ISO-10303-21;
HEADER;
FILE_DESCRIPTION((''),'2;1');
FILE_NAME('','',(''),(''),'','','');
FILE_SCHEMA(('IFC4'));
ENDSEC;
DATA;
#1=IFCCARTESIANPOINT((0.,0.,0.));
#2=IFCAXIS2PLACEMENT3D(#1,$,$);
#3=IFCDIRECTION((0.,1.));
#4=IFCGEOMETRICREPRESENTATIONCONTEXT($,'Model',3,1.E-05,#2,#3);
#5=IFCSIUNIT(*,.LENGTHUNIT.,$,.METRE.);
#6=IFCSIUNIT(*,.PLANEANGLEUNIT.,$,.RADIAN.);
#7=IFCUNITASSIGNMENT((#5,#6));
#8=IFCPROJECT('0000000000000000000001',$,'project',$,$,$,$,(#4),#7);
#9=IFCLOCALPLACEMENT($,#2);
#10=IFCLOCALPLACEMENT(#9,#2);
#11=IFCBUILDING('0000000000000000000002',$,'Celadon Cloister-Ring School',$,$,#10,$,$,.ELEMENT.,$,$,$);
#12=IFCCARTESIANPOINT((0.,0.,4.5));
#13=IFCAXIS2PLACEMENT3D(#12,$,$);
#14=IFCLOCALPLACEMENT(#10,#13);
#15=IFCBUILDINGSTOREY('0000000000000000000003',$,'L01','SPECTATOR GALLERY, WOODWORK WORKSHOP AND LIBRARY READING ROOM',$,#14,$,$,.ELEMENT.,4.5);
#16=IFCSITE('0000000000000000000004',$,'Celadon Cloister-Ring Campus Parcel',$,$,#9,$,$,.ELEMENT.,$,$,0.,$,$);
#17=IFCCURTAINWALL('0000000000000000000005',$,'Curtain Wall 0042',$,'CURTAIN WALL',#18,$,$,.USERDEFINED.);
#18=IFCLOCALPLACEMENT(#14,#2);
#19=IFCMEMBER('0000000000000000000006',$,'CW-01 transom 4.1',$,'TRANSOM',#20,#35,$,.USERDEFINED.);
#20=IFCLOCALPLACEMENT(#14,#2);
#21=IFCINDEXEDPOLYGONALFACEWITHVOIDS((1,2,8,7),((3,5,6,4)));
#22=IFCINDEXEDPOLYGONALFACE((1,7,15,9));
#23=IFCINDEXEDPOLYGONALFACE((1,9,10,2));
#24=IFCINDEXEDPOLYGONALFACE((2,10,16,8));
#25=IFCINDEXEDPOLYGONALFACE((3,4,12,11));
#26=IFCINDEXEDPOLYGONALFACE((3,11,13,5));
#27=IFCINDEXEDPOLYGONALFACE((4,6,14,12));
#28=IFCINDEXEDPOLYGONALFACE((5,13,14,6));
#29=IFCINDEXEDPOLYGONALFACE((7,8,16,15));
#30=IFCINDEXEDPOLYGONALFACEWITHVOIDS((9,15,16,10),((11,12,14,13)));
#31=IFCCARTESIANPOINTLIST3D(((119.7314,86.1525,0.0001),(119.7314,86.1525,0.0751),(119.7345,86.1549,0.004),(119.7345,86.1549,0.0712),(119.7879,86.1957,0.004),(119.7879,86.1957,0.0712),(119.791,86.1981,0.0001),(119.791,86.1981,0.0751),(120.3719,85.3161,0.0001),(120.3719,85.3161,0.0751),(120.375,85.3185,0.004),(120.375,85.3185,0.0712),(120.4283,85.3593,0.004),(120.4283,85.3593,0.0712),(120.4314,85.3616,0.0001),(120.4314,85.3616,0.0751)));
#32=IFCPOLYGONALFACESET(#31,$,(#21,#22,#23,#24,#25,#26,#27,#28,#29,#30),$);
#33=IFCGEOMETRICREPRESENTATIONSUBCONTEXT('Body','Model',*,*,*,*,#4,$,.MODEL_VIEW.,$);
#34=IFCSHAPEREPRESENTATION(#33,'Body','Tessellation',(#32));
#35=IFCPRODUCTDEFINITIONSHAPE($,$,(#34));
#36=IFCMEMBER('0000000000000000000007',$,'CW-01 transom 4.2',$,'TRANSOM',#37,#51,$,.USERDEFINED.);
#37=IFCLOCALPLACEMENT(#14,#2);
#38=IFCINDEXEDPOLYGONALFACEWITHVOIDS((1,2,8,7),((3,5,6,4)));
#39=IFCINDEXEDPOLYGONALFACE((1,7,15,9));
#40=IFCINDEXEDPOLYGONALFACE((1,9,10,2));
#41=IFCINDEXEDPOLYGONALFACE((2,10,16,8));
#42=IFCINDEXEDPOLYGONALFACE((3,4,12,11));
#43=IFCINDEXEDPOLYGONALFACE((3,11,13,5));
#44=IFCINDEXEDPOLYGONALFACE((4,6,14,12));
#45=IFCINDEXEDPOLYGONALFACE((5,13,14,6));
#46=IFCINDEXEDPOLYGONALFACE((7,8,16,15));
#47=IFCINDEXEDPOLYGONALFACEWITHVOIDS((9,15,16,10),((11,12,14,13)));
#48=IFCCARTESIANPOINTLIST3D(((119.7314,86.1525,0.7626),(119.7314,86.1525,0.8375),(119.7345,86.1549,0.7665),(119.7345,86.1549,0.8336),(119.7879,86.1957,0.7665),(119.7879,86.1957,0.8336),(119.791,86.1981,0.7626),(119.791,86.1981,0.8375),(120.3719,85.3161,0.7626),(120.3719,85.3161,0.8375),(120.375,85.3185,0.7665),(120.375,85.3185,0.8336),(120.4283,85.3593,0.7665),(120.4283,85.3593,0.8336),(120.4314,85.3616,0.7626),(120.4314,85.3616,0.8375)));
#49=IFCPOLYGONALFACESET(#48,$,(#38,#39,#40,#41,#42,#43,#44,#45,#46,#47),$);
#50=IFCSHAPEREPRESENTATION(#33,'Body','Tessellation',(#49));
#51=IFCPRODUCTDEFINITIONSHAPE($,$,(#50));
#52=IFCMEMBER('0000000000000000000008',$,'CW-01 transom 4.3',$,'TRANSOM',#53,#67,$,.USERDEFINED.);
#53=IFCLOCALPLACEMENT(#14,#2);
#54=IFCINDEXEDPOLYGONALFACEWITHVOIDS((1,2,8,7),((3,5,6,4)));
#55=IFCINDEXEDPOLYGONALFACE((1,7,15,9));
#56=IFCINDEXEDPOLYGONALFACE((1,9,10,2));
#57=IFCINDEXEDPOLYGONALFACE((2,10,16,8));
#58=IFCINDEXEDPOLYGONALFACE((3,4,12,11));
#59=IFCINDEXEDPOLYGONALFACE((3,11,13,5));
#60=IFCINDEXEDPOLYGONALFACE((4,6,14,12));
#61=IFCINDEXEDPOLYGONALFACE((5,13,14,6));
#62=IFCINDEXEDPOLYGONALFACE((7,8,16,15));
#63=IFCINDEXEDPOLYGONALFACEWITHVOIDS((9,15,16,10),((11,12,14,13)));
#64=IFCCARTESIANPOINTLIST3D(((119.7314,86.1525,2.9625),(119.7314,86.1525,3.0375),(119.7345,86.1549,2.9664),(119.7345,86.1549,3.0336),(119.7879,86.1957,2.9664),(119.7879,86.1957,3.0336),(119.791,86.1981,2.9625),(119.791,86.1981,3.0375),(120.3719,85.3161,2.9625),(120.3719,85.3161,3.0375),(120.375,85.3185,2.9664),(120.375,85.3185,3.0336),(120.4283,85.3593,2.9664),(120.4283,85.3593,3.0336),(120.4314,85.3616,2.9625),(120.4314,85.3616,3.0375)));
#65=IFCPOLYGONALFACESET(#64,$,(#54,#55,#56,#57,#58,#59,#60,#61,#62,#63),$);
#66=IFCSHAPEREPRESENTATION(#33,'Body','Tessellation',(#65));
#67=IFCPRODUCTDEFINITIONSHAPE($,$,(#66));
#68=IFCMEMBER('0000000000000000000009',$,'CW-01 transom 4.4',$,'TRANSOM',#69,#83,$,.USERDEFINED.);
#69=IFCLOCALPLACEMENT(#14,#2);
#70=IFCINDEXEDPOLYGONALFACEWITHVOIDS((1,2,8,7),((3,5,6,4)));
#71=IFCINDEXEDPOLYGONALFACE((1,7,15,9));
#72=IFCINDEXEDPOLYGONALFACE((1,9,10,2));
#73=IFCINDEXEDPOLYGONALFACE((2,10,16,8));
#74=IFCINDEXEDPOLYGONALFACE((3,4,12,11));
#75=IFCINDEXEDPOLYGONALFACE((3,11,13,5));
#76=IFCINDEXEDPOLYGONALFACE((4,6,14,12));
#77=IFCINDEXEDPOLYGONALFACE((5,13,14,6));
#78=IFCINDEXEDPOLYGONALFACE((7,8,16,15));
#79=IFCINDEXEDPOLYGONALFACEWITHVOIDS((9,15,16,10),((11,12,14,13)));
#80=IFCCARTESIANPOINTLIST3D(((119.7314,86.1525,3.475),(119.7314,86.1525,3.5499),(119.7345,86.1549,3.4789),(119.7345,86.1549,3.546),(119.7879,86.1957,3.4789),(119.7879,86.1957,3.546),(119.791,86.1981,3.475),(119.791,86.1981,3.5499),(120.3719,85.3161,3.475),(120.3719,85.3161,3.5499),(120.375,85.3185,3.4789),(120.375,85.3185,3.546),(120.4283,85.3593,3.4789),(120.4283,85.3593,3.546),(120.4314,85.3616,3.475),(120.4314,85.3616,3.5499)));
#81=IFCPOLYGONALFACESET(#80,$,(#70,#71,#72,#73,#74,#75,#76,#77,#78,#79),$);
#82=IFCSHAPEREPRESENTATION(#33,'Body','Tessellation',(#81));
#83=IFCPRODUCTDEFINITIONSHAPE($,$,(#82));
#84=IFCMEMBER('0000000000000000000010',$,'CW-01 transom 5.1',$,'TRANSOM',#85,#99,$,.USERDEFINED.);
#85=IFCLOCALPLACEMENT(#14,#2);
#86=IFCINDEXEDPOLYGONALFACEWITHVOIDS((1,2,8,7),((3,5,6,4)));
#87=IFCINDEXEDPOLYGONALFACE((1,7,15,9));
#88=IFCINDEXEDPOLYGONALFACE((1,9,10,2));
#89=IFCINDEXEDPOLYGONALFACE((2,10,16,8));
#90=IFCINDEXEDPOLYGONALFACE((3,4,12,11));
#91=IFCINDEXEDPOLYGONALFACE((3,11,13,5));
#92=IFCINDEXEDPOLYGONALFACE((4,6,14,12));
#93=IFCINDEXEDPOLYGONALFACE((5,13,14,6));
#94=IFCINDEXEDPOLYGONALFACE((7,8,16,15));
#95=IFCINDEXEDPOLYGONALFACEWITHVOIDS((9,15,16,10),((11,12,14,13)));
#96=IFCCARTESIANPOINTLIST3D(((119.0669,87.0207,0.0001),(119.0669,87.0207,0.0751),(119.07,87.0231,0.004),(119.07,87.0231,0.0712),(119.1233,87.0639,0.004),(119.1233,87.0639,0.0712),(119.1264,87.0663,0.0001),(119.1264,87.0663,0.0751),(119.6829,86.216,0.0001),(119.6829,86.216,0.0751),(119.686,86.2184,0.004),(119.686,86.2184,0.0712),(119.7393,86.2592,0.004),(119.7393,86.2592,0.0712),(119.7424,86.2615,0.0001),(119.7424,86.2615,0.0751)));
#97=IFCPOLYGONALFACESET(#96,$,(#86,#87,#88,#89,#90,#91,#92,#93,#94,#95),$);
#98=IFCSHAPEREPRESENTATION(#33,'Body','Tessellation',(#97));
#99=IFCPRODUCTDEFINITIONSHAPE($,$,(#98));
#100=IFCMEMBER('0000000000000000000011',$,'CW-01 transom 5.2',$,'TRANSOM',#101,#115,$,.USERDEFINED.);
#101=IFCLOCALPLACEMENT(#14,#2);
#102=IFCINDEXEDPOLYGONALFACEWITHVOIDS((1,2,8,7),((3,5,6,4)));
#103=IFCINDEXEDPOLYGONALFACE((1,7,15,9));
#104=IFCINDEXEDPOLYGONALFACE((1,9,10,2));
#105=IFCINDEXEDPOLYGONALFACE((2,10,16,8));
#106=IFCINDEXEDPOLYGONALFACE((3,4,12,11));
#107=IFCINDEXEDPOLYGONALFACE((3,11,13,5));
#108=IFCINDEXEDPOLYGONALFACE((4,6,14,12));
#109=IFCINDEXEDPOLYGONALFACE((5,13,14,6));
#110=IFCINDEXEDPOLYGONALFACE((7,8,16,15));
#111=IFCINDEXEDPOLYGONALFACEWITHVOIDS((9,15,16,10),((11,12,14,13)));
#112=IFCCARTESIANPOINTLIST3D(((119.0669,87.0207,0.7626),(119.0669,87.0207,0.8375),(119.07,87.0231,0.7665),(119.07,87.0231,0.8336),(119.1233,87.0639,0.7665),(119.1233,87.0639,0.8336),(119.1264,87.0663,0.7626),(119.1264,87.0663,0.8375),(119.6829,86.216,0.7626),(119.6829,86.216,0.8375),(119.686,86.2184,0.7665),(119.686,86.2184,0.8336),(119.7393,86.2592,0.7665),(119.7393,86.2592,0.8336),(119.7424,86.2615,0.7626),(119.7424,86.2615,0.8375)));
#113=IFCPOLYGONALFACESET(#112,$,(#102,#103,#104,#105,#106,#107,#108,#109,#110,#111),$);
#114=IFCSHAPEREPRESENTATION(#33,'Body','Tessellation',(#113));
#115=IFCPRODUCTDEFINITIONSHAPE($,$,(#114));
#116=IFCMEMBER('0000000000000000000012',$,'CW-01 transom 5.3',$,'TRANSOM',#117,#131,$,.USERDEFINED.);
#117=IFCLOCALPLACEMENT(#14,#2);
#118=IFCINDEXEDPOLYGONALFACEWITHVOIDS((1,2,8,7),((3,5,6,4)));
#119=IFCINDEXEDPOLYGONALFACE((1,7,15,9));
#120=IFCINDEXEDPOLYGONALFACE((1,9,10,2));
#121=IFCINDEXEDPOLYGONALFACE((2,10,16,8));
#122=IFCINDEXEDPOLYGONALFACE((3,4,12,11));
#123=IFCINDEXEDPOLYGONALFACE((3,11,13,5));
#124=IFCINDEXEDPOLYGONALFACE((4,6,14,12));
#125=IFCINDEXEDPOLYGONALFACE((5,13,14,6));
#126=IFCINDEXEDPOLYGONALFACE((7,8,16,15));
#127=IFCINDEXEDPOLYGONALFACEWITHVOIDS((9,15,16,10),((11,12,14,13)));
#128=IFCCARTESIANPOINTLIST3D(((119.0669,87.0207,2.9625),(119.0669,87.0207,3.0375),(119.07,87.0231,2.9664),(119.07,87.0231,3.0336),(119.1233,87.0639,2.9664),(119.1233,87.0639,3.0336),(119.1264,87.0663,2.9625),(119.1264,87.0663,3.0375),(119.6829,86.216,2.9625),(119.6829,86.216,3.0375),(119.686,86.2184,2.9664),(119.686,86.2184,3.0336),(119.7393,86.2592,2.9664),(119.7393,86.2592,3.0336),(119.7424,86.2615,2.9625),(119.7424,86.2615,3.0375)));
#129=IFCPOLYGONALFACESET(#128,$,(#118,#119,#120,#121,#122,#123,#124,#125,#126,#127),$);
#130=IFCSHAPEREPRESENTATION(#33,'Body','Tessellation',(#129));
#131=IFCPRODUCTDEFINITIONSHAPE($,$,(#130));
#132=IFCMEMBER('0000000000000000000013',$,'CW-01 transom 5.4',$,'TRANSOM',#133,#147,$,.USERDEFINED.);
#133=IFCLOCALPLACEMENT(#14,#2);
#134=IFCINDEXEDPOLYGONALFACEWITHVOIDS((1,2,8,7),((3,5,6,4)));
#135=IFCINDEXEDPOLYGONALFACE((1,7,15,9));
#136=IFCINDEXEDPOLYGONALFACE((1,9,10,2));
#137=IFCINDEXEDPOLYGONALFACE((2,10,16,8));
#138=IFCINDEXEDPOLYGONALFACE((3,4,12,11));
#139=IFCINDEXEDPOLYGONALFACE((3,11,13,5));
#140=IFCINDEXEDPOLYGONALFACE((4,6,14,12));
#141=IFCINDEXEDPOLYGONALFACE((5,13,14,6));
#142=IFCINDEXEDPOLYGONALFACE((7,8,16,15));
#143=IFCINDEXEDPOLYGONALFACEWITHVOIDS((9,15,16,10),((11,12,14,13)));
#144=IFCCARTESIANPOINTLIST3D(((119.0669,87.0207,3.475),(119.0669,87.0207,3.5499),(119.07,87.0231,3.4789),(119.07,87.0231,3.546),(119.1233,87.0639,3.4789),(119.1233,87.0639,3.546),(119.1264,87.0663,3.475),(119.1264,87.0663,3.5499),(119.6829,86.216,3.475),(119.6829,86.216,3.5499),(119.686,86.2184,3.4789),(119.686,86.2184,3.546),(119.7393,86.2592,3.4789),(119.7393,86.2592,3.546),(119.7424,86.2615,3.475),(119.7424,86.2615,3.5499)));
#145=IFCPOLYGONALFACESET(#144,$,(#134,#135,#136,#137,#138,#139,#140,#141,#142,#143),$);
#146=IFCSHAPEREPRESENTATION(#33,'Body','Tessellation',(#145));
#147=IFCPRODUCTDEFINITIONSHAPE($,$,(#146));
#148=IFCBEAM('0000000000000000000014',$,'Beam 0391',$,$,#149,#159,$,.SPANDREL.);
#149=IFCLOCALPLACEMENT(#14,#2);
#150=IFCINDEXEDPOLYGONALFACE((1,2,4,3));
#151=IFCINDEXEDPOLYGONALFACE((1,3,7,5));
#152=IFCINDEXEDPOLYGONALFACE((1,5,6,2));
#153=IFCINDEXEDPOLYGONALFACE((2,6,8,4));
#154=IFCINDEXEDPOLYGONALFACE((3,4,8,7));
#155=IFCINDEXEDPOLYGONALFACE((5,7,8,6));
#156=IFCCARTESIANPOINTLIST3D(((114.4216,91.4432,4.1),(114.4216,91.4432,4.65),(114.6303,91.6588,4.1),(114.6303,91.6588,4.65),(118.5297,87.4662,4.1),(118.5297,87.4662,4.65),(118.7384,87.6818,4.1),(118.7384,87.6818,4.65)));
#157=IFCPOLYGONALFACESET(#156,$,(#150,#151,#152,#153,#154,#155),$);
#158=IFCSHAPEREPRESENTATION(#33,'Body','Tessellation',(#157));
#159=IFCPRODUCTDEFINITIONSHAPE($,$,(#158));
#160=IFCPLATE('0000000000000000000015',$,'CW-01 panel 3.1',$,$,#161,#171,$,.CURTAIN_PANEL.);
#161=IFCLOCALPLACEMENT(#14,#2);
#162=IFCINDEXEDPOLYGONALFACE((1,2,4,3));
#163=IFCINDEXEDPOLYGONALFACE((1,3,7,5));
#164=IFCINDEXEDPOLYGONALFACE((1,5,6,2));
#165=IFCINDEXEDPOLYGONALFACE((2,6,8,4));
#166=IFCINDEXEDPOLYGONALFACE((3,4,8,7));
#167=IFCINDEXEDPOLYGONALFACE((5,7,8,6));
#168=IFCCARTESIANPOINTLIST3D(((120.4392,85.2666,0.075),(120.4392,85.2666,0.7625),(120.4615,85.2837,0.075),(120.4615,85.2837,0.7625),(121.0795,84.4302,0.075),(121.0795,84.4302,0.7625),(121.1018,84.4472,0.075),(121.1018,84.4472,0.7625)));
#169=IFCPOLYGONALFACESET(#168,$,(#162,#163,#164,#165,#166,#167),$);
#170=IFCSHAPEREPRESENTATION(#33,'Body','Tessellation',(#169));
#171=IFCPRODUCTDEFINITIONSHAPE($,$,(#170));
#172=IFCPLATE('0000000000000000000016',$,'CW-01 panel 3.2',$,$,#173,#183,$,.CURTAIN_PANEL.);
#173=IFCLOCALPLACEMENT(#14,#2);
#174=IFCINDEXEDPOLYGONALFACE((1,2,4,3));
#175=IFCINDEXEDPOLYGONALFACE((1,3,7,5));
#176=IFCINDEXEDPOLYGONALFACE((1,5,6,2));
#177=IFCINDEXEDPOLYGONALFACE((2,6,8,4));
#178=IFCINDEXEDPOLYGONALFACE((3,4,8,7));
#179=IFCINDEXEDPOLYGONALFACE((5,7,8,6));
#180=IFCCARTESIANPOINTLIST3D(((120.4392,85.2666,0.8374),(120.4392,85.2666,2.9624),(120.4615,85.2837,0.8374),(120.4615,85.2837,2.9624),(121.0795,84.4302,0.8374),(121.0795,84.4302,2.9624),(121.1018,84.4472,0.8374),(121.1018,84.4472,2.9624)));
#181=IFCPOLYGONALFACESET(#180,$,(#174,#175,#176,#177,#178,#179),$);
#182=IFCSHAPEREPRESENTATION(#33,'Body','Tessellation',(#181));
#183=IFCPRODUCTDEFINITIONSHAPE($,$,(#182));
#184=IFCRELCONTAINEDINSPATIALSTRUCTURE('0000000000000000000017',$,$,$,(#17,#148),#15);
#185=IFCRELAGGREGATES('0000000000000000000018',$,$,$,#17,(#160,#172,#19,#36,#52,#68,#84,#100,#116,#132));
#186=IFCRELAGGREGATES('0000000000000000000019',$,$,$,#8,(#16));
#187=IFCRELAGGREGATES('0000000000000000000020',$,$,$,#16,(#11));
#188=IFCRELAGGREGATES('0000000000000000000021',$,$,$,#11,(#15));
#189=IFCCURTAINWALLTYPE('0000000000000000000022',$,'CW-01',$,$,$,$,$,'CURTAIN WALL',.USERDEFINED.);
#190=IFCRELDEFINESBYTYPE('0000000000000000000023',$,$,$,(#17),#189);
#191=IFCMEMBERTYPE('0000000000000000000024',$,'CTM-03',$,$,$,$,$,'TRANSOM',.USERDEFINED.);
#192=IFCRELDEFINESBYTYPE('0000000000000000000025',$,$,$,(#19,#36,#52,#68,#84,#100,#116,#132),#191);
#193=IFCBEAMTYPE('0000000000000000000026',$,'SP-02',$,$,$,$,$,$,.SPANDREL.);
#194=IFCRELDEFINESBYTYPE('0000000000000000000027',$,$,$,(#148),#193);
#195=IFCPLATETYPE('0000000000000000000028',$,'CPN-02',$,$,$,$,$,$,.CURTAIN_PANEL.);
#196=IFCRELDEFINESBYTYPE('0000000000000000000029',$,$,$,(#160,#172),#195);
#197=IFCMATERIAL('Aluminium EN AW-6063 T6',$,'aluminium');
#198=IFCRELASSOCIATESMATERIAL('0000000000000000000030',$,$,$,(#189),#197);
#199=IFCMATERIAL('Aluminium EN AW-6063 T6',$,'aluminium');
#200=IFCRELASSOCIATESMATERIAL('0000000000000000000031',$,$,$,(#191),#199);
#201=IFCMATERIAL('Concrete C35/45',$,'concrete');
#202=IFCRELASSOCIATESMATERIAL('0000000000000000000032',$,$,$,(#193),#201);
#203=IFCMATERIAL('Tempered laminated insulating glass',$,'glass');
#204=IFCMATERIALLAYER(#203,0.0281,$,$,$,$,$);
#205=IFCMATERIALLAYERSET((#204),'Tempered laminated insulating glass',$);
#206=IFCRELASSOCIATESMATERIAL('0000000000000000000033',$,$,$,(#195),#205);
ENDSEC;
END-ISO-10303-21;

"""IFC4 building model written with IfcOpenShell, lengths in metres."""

from ifc_helpers import new_model, si_unit, direction, frame, origin, origin_2d, place, context, subcontext, project, spatial, rectangle, hollow_rectangle, extrude, material, layer, layer_set, material_profile, profile_set, type_object, element, aggregate, save


model = new_model("IFC4")

# Units and contexts
model_context = context("Model", 3, precision=1e-05, world=origin(), true_north=direction((0.0, 1.0)))
body_context = subcontext(model_context, "Body", "Model", "MODEL_VIEW")
ifc_project = project(units=[si_unit("LENGTHUNIT", "METRE"), si_unit("PLANEANGLEUNIT", "RADIAN")], contexts=[model_context])

# Site, building, storey
site_placement = place(None, origin())
site = spatial("IfcSite", under=ifc_project, at=site_placement, Name="Celadon Cloister-Ring Campus Parcel", CompositionType="ELEMENT", RefElevation=0.0)
building_placement = place(site_placement, origin())
building = spatial("IfcBuilding", under=site, at=building_placement, Name="Celadon Cloister-Ring School", CompositionType="ELEMENT")
storey_placement = place(building_placement, frame((0.0, 0.0, 4.5)))
storey = spatial("IfcBuildingStorey", under=building, at=storey_placement, Name="L01", Description="SPECTATOR GALLERY, WOODWORK WORKSHOP AND LIBRARY READING ROOM", CompositionType="ELEMENT", Elevation=4.5)

# Curtain wall, members
ifc_material_1 = material(Name="Aluminium EN AW-6063 T6", Category="aluminium")
curtain_wall_type = type_object("IfcCurtainWallType", Name="CW-01", ElementType="CURTAIN WALL", PredefinedType="USERDEFINED", material=ifc_material_1)
curtain_wall_placement = place(storey_placement, origin())
curtain_wall = element("IfcCurtainWall", 1, at=curtain_wall_placement, inside=storey, type_object=curtain_wall_type, Name="Curtain Wall 0042", ObjectType="CURTAIN WALL", PredefinedType="USERDEFINED")
ifc_material_2 = material(Name="Aluminium EN AW-6063 T6", Category="aluminium")
ifc_material_profile_1 = material_profile(ifc_material_2, hollow_rectangle(XDim=0.075, YDim=0.075, WallThickness=0.0039, at=origin_2d()), Name="RHS75X75X4")
ifc_profile_set_1 = profile_set([ifc_material_profile_1], Name="Aluminium EN AW-6063 T6")
member_type_1 = type_object("IfcMemberType", Name="CTM-03", ElementType="TRANSOM", PredefinedType="USERDEFINED", material=ifc_profile_set_1)
member_1_placement = place(storey_placement, frame((120.4016, 85.3389, 0.0376), z_axis=(-0.607906, 0.794009, 0.0), x_axis=(-0.794009, -0.607906, 0.0)))
member_1 = element("IfcMember", 2, at=member_1_placement, type_object=member_type_1, Name="CW-01 transom 4.1", ObjectType="TRANSOM", PredefinedType="USERDEFINED", context=body_context, shape_type="SweptSolid", body=[
    extrude(hollow_rectangle(XDim=0.075, YDim=0.075, WallThickness=0.0039, at=origin_2d()), origin(), (0.0, 0.0, 1.0), 1.0535),
])
member_2_placement = place(storey_placement, frame((120.4016, 85.3389, 0.8), z_axis=(-0.607906, 0.794009, 0.0), x_axis=(-0.794009, -0.607906, 0.0)))
member_2 = element("IfcMember", 3, at=member_2_placement, type_object=member_type_1, Name="CW-01 transom 4.2", ObjectType="TRANSOM", PredefinedType="USERDEFINED", context=body_context, shape_type="SweptSolid", body=[
    extrude(hollow_rectangle(XDim=0.075, YDim=0.075, WallThickness=0.0039, at=origin_2d()), origin(), (0.0, 0.0, 1.0), 1.0535),
])
member_3_placement = place(storey_placement, frame((120.4016, 85.3389, 3.0), z_axis=(-0.607906, 0.794009, 0.0), x_axis=(-0.794009, -0.607906, 0.0)))
member_3 = element("IfcMember", 4, at=member_3_placement, type_object=member_type_1, Name="CW-01 transom 4.3", ObjectType="TRANSOM", PredefinedType="USERDEFINED", context=body_context, shape_type="SweptSolid", body=[
    extrude(hollow_rectangle(XDim=0.075, YDim=0.075, WallThickness=0.0039, at=origin_2d()), origin(), (0.0, 0.0, 1.0), 1.0535),
])
member_4_placement = place(storey_placement, frame((120.4016, 85.3389, 3.5125), z_axis=(-0.607906, 0.794009, 0.0), x_axis=(-0.794009, -0.607906, 0.0)))
member_4 = element("IfcMember", 5, at=member_4_placement, type_object=member_type_1, Name="CW-01 transom 4.4", ObjectType="TRANSOM", PredefinedType="USERDEFINED", context=body_context, shape_type="SweptSolid", body=[
    extrude(hollow_rectangle(XDim=0.075, YDim=0.075, WallThickness=0.0039, at=origin_2d()), origin(), (0.0, 0.0, 1.0), 1.0535),
])
member_5_placement = place(storey_placement, frame((119.7126, 86.2388, 0.0376), z_axis=(-0.607835, 0.794064, 0.0), x_axis=(-0.794064, -0.607835, 0.0)))
member_5 = element("IfcMember", 6, at=member_5_placement, type_object=member_type_1, Name="CW-01 transom 5.1", ObjectType="TRANSOM", PredefinedType="USERDEFINED", context=body_context, shape_type="SweptSolid", body=[
    extrude(hollow_rectangle(XDim=0.075, YDim=0.075, WallThickness=0.0039, at=origin_2d()), origin(), (0.0, 0.0, 1.0), 1.0134),
])
member_6_placement = place(storey_placement, frame((119.7126, 86.2388, 0.8), z_axis=(-0.607835, 0.794064, 0.0), x_axis=(-0.794064, -0.607835, 0.0)))
member_6 = element("IfcMember", 7, at=member_6_placement, type_object=member_type_1, Name="CW-01 transom 5.2", ObjectType="TRANSOM", PredefinedType="USERDEFINED", context=body_context, shape_type="SweptSolid", body=[
    extrude(hollow_rectangle(XDim=0.075, YDim=0.075, WallThickness=0.0039, at=origin_2d()), origin(), (0.0, 0.0, 1.0), 1.0134),
])
member_7_placement = place(storey_placement, frame((119.7126, 86.2388, 3.0), z_axis=(-0.607835, 0.794064, 0.0), x_axis=(-0.794064, -0.607835, 0.0)))
member_7 = element("IfcMember", 8, at=member_7_placement, type_object=member_type_1, Name="CW-01 transom 5.3", ObjectType="TRANSOM", PredefinedType="USERDEFINED", context=body_context, shape_type="SweptSolid", body=[
    extrude(hollow_rectangle(XDim=0.075, YDim=0.075, WallThickness=0.0039, at=origin_2d()), origin(), (0.0, 0.0, 1.0), 1.0134),
])
member_8_placement = place(storey_placement, frame((119.7126, 86.2388, 3.5125), z_axis=(-0.607835, 0.794064, 0.0), x_axis=(-0.794064, -0.607835, 0.0)))
member_8 = element("IfcMember", 9, at=member_8_placement, type_object=member_type_1, Name="CW-01 transom 5.4", ObjectType="TRANSOM", PredefinedType="USERDEFINED", context=body_context, shape_type="SweptSolid", body=[
    extrude(hollow_rectangle(XDim=0.075, YDim=0.075, WallThickness=0.0039, at=origin_2d()), origin(), (0.0, 0.0, 1.0), 1.0134),
])

# Beam
ifc_material_3 = material(Name="Concrete C35/45", Category="concrete")
ifc_material_profile_2 = material_profile(ifc_material_3, rectangle(XDim=0.3, YDim=0.55, at=origin_2d()), Name="RC300X550")
ifc_profile_set_2 = profile_set([ifc_material_profile_2], Name="Concrete C35/45")
beam_type_1 = type_object("IfcBeamType", Name="SP-02", PredefinedType="SPANDREL", material=ifc_profile_set_2)
beam_1_placement = place(storey_placement, frame((118.634, 87.574, 4.375), z_axis=(-0.718478, 0.695549, 0.0), x_axis=(-0.695549, -0.718478, 0.0)))
element("IfcBeam", 10, at=beam_1_placement, inside=storey, type_object=beam_type_1, Name="Beam 0391", PredefinedType="SPANDREL", context=body_context, shape_type="SweptSolid", body=[
    extrude(rectangle(XDim=0.3, YDim=0.55, at=origin_2d()), origin(), (0.0, 0.0, 1.0), 5.7178),
])

# Plates
ifc_material_4 = material(Name="Tempered laminated insulating glass", Category="glass")
ifc_layer_1 = layer(ifc_material_4, 0.0281)
ifc_layer_set_1 = layer_set([ifc_layer_1], Name="Tempered laminated insulating glass")
plate_type = type_object("IfcPlateType", Name="CPN-02", PredefinedType="CURTAIN_PANEL", material=ifc_layer_set_1)
plate_1_placement = place(storey_placement, frame((120.7705, 84.8569, 0.075), z_axis=(0.0, 0.0, 1.0), x_axis=(-0.607876, 0.794032, 0.0)))
plate_1 = element("IfcPlate", 11, at=plate_1_placement, type_object=plate_type, Name="CW-01 panel 3.1", PredefinedType="CURTAIN_PANEL", context=body_context, shape_type="SweptSolid", body=[
    extrude(rectangle(XDim=1.0535, YDim=0.0281, at=origin_2d()), origin(), (0.0, 0.0, 1.0), 0.6875),
])
plate_2_placement = place(storey_placement, frame((120.7705, 84.8569, 0.8374), z_axis=(0.0, 0.0, 1.0), x_axis=(-0.607876, 0.794032, 0.0)))
plate_2 = element("IfcPlate", 12, at=plate_2_placement, type_object=plate_type, Name="CW-01 panel 3.2", PredefinedType="CURTAIN_PANEL", context=body_context, shape_type="SweptSolid", body=[
    extrude(rectangle(XDim=1.0535, YDim=0.0281, at=origin_2d()), origin(), (0.0, 0.0, 1.0), 2.125),
])
aggregate(curtain_wall, [plate_1, plate_2, member_1, member_2, member_3, member_4, member_5, member_6, member_7, member_8])

save(model, "model.ifc")
